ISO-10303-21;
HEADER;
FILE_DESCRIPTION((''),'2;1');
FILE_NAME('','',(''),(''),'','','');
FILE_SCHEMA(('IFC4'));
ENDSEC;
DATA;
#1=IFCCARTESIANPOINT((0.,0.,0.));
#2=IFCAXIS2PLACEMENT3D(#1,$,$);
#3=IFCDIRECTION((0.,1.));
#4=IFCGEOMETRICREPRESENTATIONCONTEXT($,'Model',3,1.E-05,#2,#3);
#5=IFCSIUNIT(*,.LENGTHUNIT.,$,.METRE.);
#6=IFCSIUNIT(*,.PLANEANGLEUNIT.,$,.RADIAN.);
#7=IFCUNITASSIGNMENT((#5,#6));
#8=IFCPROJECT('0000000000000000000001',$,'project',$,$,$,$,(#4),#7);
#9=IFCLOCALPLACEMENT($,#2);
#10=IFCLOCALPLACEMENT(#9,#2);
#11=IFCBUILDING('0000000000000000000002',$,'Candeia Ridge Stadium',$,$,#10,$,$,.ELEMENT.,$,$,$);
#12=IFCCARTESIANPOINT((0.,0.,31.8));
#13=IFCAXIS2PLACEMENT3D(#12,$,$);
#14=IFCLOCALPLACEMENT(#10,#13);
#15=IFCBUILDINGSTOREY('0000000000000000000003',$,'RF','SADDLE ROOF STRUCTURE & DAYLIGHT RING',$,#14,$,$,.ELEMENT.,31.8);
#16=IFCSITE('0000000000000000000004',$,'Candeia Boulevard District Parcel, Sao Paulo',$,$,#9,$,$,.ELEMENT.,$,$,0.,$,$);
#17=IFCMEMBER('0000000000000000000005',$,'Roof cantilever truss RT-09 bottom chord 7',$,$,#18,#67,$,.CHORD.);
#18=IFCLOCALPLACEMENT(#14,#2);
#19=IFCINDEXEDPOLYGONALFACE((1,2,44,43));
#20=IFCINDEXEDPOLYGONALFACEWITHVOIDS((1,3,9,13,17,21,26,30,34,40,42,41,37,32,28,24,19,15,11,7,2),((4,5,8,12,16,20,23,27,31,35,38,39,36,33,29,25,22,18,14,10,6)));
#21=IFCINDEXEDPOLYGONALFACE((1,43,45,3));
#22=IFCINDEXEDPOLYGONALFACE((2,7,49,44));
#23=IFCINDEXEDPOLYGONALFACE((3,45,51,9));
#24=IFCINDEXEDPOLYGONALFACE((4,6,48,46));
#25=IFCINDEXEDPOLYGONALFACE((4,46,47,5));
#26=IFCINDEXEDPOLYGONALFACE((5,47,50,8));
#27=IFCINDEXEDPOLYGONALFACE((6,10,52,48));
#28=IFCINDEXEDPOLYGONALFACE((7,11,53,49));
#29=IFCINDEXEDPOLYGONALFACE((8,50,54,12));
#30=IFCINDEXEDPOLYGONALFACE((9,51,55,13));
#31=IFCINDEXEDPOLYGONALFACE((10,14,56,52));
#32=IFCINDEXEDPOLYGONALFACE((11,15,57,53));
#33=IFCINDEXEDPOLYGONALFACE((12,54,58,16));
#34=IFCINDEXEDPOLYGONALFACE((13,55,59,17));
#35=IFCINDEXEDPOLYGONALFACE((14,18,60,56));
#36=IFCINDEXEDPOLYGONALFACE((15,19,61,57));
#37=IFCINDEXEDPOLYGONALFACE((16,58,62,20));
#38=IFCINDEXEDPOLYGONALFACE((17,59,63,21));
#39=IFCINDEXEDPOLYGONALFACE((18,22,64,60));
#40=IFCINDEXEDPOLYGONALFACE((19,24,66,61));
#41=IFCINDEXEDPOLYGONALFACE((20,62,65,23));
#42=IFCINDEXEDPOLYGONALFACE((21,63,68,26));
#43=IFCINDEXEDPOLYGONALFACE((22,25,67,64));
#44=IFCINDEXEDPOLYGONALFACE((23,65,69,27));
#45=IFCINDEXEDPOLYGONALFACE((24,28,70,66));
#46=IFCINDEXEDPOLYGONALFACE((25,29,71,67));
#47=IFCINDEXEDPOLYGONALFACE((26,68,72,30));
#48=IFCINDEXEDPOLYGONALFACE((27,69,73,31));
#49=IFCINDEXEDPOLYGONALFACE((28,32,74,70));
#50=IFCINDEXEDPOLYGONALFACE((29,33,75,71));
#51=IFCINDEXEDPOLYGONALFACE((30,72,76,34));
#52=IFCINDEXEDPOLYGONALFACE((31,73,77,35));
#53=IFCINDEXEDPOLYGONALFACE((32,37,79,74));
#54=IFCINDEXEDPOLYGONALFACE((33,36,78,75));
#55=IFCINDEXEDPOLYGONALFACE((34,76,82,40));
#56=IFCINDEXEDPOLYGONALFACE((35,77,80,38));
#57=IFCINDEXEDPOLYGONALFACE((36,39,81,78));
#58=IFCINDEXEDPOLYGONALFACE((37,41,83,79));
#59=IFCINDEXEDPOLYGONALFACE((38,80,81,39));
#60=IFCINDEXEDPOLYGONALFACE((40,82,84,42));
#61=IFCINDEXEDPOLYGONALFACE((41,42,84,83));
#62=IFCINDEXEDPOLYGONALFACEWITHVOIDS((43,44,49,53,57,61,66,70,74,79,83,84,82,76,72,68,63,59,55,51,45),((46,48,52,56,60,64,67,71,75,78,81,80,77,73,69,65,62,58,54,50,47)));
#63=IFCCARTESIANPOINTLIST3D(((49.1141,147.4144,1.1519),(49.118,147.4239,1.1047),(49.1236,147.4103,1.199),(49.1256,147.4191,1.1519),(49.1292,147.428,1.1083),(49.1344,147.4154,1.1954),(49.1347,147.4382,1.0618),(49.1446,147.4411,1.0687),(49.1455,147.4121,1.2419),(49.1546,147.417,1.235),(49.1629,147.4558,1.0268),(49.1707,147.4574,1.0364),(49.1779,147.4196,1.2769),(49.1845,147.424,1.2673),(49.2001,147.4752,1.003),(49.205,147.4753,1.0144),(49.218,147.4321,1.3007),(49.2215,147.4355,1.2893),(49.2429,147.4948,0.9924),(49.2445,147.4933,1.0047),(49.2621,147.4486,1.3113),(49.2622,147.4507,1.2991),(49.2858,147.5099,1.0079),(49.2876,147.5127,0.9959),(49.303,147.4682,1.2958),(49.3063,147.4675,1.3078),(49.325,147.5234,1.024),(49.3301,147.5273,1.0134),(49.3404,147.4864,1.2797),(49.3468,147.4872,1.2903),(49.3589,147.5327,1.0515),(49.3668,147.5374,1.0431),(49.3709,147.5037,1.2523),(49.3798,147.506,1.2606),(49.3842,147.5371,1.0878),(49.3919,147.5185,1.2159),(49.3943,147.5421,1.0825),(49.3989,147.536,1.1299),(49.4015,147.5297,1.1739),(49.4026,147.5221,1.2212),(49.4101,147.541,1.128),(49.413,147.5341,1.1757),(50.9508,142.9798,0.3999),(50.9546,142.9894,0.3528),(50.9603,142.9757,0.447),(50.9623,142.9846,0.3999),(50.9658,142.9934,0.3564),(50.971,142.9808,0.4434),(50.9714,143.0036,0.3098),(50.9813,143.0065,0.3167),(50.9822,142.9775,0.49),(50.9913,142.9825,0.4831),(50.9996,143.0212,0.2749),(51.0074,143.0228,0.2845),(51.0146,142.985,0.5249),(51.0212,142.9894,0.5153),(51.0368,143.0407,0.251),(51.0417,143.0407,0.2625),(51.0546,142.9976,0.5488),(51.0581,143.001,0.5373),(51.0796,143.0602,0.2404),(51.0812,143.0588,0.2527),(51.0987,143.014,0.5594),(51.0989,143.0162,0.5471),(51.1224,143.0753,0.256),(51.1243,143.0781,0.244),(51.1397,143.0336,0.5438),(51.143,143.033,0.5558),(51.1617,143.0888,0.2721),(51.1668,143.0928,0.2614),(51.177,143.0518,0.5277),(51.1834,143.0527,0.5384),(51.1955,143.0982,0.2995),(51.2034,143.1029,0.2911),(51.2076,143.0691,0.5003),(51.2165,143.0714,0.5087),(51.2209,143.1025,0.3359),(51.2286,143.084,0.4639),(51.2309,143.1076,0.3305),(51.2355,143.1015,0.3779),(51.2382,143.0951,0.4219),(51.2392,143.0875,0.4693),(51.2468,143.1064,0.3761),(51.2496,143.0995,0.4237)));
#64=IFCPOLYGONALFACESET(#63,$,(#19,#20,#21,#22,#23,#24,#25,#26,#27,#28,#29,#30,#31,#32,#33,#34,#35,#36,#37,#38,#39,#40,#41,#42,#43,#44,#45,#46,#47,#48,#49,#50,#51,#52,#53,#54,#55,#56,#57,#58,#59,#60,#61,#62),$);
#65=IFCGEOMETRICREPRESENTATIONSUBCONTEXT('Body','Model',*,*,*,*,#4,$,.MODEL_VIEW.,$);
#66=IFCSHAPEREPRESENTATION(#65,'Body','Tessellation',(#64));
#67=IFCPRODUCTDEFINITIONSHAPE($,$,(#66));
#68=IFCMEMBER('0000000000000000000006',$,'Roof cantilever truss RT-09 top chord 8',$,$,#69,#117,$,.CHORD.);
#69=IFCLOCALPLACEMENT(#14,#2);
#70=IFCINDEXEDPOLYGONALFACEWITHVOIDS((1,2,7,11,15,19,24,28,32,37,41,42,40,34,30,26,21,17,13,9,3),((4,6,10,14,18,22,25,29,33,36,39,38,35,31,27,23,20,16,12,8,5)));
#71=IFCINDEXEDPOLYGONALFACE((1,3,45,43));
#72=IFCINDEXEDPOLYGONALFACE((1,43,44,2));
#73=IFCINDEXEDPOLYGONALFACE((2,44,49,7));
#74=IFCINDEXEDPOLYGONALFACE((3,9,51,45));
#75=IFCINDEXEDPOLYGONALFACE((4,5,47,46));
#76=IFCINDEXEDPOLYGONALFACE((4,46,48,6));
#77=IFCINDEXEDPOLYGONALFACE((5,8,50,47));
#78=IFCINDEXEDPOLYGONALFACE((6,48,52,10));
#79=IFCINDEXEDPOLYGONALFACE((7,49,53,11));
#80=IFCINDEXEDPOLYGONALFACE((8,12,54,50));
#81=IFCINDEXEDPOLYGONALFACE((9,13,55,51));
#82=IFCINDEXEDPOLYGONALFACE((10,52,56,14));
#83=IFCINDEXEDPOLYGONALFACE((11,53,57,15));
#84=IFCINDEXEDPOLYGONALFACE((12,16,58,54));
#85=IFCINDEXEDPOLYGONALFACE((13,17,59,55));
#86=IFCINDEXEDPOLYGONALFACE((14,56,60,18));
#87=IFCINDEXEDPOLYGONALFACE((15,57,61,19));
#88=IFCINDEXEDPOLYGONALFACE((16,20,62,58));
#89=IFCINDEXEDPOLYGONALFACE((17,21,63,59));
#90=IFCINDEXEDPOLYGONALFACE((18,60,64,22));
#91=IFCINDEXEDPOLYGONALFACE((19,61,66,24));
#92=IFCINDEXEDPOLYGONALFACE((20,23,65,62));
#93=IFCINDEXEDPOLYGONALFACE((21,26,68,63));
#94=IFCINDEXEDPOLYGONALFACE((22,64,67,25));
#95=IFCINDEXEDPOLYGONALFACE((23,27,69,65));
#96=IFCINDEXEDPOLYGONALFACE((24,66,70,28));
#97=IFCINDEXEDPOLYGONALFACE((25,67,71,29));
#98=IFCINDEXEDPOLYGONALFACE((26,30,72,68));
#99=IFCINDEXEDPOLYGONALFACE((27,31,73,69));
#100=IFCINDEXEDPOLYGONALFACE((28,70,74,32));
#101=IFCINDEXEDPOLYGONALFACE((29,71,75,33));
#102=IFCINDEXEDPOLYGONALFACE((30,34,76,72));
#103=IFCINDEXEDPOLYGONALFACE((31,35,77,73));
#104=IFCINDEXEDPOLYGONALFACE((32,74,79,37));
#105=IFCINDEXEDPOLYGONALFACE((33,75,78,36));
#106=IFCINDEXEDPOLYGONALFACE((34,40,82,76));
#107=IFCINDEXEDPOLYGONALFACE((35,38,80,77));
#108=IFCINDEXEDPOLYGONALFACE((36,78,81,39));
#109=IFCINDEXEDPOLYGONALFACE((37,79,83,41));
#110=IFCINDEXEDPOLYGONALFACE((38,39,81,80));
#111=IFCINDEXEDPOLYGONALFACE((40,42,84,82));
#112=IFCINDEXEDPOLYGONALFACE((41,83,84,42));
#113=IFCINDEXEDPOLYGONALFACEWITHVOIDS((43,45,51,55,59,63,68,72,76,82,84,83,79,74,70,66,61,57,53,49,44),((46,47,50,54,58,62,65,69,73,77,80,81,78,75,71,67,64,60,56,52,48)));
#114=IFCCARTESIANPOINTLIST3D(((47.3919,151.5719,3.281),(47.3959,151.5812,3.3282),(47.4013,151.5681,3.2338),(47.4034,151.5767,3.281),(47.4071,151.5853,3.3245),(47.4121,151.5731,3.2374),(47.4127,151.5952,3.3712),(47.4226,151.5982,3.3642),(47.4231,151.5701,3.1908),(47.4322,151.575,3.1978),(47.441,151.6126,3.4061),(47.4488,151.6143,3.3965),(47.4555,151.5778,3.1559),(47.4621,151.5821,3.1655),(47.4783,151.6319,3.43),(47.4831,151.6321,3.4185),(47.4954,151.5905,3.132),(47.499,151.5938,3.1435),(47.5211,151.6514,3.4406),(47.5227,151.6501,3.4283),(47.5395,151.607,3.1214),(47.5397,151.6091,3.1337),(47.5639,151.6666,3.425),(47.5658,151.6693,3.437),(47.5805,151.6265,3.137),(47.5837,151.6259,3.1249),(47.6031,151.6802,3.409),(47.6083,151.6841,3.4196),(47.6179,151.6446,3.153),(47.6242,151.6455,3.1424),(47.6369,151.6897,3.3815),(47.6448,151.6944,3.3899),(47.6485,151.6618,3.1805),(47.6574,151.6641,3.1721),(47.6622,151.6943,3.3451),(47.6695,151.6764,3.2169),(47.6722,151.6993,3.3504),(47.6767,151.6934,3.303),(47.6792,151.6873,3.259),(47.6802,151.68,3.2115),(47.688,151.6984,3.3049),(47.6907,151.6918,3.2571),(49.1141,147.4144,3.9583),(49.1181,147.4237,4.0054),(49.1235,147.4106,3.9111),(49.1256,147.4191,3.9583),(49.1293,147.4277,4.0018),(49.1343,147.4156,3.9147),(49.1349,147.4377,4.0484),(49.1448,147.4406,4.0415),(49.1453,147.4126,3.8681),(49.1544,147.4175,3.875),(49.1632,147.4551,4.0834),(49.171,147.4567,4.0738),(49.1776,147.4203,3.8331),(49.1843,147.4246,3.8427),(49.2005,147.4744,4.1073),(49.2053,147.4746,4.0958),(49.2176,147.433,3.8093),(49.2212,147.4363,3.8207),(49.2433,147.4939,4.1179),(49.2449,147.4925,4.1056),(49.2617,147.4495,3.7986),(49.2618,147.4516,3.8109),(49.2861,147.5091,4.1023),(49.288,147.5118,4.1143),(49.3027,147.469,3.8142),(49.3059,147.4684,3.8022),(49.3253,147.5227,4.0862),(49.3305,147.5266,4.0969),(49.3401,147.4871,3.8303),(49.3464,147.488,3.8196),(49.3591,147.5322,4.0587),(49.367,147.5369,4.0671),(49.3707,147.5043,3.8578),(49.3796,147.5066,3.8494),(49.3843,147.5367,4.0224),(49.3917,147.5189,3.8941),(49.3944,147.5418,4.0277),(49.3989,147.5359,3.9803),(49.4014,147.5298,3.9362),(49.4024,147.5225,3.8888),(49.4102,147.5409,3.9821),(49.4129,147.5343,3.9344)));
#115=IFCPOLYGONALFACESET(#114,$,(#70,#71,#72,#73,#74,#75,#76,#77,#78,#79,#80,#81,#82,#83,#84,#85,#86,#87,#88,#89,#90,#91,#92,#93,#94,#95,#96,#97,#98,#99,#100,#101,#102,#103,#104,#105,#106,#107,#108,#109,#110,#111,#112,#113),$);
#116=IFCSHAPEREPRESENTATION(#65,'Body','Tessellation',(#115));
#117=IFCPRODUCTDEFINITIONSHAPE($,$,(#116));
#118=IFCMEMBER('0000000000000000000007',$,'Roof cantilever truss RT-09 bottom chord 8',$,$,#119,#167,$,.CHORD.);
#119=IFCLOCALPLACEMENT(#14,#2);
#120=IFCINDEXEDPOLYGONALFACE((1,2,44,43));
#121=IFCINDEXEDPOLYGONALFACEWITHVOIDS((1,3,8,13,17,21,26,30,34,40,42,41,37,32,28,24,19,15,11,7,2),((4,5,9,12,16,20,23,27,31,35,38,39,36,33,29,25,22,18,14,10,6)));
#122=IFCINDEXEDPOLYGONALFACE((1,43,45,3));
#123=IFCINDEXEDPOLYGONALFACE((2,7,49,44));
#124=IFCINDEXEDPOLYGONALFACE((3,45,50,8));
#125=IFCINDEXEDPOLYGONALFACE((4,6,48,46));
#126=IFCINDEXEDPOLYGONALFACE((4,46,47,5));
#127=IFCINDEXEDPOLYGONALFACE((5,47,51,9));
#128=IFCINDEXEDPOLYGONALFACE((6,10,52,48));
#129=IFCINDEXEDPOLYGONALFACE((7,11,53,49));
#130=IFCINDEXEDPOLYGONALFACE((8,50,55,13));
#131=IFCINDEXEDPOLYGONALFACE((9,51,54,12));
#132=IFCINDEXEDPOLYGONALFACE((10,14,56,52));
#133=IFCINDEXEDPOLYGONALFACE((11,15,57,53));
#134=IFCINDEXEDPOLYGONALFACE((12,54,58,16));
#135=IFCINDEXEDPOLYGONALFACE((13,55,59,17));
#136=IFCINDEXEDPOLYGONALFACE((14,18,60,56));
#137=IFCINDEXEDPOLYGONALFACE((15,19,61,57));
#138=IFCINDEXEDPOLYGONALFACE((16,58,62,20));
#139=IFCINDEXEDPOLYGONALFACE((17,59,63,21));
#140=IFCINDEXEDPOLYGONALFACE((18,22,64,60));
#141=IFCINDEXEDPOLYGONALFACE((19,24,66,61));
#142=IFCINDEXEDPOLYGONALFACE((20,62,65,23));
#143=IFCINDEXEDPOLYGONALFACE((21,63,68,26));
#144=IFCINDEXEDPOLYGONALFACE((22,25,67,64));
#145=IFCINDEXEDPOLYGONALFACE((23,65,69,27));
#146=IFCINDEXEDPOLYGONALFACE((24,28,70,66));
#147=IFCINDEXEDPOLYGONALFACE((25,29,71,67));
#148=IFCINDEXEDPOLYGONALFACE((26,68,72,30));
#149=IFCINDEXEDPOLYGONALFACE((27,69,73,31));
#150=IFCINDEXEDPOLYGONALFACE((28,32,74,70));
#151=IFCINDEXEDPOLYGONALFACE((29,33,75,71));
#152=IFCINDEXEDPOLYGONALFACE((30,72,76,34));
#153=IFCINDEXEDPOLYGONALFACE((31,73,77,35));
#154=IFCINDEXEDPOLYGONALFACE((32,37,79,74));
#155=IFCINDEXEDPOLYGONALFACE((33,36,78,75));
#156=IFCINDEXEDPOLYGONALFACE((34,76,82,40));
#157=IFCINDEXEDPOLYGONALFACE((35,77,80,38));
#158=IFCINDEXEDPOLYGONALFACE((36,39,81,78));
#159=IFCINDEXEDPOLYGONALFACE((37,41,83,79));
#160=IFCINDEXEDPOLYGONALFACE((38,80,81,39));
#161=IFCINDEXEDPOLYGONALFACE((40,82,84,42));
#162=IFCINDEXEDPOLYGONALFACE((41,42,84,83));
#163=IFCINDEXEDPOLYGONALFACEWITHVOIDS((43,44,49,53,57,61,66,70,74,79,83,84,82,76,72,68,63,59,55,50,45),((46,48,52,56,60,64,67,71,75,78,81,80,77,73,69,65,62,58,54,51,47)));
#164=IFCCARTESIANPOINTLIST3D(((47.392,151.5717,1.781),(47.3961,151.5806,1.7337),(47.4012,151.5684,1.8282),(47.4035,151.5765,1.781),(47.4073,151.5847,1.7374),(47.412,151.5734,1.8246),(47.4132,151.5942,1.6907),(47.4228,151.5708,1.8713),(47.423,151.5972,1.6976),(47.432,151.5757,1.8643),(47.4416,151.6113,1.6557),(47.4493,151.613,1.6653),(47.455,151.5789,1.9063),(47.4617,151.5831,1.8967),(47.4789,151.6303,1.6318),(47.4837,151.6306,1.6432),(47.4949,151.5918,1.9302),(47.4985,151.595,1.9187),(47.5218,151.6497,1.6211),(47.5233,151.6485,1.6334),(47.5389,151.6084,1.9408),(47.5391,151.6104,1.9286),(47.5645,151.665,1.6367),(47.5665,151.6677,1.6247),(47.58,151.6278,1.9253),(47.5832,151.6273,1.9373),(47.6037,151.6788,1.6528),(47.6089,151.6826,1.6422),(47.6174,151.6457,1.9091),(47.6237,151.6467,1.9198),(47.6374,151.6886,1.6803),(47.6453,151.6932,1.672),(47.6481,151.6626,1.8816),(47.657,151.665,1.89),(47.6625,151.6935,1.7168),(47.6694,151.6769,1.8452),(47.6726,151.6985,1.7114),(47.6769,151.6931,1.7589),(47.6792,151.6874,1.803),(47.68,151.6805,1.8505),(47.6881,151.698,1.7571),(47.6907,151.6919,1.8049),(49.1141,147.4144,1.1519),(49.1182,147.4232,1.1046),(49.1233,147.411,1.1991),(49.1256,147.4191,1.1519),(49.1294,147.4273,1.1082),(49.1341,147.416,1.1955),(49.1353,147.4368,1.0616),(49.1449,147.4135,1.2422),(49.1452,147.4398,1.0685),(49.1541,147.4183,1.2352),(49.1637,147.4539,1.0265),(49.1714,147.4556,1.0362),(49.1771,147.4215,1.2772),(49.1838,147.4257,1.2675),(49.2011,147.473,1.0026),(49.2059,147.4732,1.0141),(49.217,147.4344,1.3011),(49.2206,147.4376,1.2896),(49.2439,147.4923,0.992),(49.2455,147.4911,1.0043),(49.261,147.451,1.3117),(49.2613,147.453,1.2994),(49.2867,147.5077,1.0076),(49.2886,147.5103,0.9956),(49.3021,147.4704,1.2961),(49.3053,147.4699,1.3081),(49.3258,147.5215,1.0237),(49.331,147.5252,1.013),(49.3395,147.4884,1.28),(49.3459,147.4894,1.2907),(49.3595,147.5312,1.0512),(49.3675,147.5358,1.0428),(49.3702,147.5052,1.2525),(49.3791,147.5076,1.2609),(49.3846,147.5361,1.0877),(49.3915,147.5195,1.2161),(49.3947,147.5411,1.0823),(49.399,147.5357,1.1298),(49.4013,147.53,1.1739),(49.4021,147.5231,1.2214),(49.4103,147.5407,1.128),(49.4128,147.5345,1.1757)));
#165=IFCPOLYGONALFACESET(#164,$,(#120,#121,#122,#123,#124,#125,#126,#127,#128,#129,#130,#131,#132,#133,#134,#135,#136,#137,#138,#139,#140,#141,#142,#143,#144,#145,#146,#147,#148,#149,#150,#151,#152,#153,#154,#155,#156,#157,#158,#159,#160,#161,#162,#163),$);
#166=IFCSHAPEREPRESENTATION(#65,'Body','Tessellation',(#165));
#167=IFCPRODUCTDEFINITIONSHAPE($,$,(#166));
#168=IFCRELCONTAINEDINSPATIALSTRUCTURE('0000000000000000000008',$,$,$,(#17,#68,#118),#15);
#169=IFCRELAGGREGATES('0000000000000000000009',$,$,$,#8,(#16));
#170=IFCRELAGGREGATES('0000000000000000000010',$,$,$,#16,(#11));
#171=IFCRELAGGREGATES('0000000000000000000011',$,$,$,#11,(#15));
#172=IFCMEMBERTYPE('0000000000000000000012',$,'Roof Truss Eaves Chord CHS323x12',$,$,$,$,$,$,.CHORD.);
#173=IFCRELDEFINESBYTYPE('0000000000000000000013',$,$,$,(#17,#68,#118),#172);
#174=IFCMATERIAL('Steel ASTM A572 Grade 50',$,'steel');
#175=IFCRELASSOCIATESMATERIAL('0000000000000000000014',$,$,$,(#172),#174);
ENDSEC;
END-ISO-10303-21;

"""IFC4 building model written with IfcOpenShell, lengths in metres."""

from ifc_helpers import new_model, si_unit, direction, frame, origin, origin_2d, place, context, subcontext, project, spatial, hollow_circle, extrude, material, material_profile, profile_set, type_object, element, save


model = new_model("IFC4")

# Units and contexts
model_context = context("Model", 3, precision=1e-05, world=origin(), true_north=direction((0.0, 1.0)))
body_context = subcontext(model_context, "Body", "Model", "MODEL_VIEW")
ifc_project = project(units=[si_unit("LENGTHUNIT", "METRE"), si_unit("PLANEANGLEUNIT", "RADIAN")], contexts=[model_context])

# Site, building, storey
site_placement = place(None, origin())
site = spatial("IfcSite", under=ifc_project, at=site_placement, Name="Candeia Boulevard District Parcel, Sao Paulo", CompositionType="ELEMENT", RefElevation=0.0)
building_placement = place(site_placement, origin())
building = spatial("IfcBuilding", under=site, at=building_placement, Name="Candeia Ridge Stadium", CompositionType="ELEMENT")
storey_placement = place(building_placement, frame((0.0, 0.0, 31.8)))
storey = spatial("IfcBuildingStorey", under=building, at=storey_placement, Name="RF", Description="SADDLE ROOF STRUCTURE & DAYLIGHT RING", CompositionType="ELEMENT", Elevation=31.8)

# Shared definitions
ifc_material_1 = material(Name="Steel ASTM A572 Grade 50", Category="steel")

# Members
ifc_material_profile_1 = material_profile(ifc_material_1, hollow_circle(Radius=0.1619, WallThickness=0.0125, at=origin_2d()), Name="CHS323x12", Category="steel")
ifc_profile_set_1 = profile_set([ifc_material_profile_1], Name="Steel ASTM A572 Grade 50")
member_type_1 = type_object("IfcMemberType", Name="Roof Truss Eaves Chord CHS323x12", PredefinedType="CHORD", material=ifc_profile_set_1)
member_1_placement = place(storey_placement, frame((51.1003, 143.0417, 0.3999), z_axis=(-0.378039, 0.912761, 0.154773), x_axis=(-0.923893, -0.38265, 0.0)))
element("IfcMember", 1, at=member_1_placement, inside=storey, type_object=member_type_1, Name="Roof cantilever truss RT-09 bottom chord 7", PredefinedType="CHORD", context=body_context, shape_type="SweptSolid", body=[
    extrude(hollow_circle(Radius=0.1619, WallThickness=0.0125, at=origin_2d()), origin(), (0.0, 0.0, 1.0), 4.8584),
])
member_2_placement = place(storey_placement, frame((49.2637, 147.4763, 3.9583), z_axis=(-0.378438, 0.913584, -0.148822), x_axis=(-0.923873, -0.3827, 0.0)))
element("IfcMember", 2, at=member_2_placement, inside=storey, type_object=member_type_1, Name="Roof cantilever truss RT-09 top chord 8", PredefinedType="CHORD", context=body_context, shape_type="SweptSolid", body=[
    extrude(hollow_circle(Radius=0.1619, WallThickness=0.0125, at=origin_2d()), origin(), (0.0, 0.0, 1.0), 4.5508),
])
member_3_placement = place(storey_placement, frame((49.2637, 147.4763, 1.1519), z_axis=(-0.379014, 0.914974, 0.138463), x_axis=(-0.923873, -0.3827, 0.0)))
element("IfcMember", 3, at=member_3_placement, inside=storey, type_object=member_type_1, Name="Roof cantilever truss RT-09 bottom chord 8", PredefinedType="CHORD", context=body_context, shape_type="SweptSolid", body=[
    extrude(hollow_circle(Radius=0.1619, WallThickness=0.0125, at=origin_2d()), origin(), (0.0, 0.0, 1.0), 4.5437),
])

save(model, "model.ifc")
